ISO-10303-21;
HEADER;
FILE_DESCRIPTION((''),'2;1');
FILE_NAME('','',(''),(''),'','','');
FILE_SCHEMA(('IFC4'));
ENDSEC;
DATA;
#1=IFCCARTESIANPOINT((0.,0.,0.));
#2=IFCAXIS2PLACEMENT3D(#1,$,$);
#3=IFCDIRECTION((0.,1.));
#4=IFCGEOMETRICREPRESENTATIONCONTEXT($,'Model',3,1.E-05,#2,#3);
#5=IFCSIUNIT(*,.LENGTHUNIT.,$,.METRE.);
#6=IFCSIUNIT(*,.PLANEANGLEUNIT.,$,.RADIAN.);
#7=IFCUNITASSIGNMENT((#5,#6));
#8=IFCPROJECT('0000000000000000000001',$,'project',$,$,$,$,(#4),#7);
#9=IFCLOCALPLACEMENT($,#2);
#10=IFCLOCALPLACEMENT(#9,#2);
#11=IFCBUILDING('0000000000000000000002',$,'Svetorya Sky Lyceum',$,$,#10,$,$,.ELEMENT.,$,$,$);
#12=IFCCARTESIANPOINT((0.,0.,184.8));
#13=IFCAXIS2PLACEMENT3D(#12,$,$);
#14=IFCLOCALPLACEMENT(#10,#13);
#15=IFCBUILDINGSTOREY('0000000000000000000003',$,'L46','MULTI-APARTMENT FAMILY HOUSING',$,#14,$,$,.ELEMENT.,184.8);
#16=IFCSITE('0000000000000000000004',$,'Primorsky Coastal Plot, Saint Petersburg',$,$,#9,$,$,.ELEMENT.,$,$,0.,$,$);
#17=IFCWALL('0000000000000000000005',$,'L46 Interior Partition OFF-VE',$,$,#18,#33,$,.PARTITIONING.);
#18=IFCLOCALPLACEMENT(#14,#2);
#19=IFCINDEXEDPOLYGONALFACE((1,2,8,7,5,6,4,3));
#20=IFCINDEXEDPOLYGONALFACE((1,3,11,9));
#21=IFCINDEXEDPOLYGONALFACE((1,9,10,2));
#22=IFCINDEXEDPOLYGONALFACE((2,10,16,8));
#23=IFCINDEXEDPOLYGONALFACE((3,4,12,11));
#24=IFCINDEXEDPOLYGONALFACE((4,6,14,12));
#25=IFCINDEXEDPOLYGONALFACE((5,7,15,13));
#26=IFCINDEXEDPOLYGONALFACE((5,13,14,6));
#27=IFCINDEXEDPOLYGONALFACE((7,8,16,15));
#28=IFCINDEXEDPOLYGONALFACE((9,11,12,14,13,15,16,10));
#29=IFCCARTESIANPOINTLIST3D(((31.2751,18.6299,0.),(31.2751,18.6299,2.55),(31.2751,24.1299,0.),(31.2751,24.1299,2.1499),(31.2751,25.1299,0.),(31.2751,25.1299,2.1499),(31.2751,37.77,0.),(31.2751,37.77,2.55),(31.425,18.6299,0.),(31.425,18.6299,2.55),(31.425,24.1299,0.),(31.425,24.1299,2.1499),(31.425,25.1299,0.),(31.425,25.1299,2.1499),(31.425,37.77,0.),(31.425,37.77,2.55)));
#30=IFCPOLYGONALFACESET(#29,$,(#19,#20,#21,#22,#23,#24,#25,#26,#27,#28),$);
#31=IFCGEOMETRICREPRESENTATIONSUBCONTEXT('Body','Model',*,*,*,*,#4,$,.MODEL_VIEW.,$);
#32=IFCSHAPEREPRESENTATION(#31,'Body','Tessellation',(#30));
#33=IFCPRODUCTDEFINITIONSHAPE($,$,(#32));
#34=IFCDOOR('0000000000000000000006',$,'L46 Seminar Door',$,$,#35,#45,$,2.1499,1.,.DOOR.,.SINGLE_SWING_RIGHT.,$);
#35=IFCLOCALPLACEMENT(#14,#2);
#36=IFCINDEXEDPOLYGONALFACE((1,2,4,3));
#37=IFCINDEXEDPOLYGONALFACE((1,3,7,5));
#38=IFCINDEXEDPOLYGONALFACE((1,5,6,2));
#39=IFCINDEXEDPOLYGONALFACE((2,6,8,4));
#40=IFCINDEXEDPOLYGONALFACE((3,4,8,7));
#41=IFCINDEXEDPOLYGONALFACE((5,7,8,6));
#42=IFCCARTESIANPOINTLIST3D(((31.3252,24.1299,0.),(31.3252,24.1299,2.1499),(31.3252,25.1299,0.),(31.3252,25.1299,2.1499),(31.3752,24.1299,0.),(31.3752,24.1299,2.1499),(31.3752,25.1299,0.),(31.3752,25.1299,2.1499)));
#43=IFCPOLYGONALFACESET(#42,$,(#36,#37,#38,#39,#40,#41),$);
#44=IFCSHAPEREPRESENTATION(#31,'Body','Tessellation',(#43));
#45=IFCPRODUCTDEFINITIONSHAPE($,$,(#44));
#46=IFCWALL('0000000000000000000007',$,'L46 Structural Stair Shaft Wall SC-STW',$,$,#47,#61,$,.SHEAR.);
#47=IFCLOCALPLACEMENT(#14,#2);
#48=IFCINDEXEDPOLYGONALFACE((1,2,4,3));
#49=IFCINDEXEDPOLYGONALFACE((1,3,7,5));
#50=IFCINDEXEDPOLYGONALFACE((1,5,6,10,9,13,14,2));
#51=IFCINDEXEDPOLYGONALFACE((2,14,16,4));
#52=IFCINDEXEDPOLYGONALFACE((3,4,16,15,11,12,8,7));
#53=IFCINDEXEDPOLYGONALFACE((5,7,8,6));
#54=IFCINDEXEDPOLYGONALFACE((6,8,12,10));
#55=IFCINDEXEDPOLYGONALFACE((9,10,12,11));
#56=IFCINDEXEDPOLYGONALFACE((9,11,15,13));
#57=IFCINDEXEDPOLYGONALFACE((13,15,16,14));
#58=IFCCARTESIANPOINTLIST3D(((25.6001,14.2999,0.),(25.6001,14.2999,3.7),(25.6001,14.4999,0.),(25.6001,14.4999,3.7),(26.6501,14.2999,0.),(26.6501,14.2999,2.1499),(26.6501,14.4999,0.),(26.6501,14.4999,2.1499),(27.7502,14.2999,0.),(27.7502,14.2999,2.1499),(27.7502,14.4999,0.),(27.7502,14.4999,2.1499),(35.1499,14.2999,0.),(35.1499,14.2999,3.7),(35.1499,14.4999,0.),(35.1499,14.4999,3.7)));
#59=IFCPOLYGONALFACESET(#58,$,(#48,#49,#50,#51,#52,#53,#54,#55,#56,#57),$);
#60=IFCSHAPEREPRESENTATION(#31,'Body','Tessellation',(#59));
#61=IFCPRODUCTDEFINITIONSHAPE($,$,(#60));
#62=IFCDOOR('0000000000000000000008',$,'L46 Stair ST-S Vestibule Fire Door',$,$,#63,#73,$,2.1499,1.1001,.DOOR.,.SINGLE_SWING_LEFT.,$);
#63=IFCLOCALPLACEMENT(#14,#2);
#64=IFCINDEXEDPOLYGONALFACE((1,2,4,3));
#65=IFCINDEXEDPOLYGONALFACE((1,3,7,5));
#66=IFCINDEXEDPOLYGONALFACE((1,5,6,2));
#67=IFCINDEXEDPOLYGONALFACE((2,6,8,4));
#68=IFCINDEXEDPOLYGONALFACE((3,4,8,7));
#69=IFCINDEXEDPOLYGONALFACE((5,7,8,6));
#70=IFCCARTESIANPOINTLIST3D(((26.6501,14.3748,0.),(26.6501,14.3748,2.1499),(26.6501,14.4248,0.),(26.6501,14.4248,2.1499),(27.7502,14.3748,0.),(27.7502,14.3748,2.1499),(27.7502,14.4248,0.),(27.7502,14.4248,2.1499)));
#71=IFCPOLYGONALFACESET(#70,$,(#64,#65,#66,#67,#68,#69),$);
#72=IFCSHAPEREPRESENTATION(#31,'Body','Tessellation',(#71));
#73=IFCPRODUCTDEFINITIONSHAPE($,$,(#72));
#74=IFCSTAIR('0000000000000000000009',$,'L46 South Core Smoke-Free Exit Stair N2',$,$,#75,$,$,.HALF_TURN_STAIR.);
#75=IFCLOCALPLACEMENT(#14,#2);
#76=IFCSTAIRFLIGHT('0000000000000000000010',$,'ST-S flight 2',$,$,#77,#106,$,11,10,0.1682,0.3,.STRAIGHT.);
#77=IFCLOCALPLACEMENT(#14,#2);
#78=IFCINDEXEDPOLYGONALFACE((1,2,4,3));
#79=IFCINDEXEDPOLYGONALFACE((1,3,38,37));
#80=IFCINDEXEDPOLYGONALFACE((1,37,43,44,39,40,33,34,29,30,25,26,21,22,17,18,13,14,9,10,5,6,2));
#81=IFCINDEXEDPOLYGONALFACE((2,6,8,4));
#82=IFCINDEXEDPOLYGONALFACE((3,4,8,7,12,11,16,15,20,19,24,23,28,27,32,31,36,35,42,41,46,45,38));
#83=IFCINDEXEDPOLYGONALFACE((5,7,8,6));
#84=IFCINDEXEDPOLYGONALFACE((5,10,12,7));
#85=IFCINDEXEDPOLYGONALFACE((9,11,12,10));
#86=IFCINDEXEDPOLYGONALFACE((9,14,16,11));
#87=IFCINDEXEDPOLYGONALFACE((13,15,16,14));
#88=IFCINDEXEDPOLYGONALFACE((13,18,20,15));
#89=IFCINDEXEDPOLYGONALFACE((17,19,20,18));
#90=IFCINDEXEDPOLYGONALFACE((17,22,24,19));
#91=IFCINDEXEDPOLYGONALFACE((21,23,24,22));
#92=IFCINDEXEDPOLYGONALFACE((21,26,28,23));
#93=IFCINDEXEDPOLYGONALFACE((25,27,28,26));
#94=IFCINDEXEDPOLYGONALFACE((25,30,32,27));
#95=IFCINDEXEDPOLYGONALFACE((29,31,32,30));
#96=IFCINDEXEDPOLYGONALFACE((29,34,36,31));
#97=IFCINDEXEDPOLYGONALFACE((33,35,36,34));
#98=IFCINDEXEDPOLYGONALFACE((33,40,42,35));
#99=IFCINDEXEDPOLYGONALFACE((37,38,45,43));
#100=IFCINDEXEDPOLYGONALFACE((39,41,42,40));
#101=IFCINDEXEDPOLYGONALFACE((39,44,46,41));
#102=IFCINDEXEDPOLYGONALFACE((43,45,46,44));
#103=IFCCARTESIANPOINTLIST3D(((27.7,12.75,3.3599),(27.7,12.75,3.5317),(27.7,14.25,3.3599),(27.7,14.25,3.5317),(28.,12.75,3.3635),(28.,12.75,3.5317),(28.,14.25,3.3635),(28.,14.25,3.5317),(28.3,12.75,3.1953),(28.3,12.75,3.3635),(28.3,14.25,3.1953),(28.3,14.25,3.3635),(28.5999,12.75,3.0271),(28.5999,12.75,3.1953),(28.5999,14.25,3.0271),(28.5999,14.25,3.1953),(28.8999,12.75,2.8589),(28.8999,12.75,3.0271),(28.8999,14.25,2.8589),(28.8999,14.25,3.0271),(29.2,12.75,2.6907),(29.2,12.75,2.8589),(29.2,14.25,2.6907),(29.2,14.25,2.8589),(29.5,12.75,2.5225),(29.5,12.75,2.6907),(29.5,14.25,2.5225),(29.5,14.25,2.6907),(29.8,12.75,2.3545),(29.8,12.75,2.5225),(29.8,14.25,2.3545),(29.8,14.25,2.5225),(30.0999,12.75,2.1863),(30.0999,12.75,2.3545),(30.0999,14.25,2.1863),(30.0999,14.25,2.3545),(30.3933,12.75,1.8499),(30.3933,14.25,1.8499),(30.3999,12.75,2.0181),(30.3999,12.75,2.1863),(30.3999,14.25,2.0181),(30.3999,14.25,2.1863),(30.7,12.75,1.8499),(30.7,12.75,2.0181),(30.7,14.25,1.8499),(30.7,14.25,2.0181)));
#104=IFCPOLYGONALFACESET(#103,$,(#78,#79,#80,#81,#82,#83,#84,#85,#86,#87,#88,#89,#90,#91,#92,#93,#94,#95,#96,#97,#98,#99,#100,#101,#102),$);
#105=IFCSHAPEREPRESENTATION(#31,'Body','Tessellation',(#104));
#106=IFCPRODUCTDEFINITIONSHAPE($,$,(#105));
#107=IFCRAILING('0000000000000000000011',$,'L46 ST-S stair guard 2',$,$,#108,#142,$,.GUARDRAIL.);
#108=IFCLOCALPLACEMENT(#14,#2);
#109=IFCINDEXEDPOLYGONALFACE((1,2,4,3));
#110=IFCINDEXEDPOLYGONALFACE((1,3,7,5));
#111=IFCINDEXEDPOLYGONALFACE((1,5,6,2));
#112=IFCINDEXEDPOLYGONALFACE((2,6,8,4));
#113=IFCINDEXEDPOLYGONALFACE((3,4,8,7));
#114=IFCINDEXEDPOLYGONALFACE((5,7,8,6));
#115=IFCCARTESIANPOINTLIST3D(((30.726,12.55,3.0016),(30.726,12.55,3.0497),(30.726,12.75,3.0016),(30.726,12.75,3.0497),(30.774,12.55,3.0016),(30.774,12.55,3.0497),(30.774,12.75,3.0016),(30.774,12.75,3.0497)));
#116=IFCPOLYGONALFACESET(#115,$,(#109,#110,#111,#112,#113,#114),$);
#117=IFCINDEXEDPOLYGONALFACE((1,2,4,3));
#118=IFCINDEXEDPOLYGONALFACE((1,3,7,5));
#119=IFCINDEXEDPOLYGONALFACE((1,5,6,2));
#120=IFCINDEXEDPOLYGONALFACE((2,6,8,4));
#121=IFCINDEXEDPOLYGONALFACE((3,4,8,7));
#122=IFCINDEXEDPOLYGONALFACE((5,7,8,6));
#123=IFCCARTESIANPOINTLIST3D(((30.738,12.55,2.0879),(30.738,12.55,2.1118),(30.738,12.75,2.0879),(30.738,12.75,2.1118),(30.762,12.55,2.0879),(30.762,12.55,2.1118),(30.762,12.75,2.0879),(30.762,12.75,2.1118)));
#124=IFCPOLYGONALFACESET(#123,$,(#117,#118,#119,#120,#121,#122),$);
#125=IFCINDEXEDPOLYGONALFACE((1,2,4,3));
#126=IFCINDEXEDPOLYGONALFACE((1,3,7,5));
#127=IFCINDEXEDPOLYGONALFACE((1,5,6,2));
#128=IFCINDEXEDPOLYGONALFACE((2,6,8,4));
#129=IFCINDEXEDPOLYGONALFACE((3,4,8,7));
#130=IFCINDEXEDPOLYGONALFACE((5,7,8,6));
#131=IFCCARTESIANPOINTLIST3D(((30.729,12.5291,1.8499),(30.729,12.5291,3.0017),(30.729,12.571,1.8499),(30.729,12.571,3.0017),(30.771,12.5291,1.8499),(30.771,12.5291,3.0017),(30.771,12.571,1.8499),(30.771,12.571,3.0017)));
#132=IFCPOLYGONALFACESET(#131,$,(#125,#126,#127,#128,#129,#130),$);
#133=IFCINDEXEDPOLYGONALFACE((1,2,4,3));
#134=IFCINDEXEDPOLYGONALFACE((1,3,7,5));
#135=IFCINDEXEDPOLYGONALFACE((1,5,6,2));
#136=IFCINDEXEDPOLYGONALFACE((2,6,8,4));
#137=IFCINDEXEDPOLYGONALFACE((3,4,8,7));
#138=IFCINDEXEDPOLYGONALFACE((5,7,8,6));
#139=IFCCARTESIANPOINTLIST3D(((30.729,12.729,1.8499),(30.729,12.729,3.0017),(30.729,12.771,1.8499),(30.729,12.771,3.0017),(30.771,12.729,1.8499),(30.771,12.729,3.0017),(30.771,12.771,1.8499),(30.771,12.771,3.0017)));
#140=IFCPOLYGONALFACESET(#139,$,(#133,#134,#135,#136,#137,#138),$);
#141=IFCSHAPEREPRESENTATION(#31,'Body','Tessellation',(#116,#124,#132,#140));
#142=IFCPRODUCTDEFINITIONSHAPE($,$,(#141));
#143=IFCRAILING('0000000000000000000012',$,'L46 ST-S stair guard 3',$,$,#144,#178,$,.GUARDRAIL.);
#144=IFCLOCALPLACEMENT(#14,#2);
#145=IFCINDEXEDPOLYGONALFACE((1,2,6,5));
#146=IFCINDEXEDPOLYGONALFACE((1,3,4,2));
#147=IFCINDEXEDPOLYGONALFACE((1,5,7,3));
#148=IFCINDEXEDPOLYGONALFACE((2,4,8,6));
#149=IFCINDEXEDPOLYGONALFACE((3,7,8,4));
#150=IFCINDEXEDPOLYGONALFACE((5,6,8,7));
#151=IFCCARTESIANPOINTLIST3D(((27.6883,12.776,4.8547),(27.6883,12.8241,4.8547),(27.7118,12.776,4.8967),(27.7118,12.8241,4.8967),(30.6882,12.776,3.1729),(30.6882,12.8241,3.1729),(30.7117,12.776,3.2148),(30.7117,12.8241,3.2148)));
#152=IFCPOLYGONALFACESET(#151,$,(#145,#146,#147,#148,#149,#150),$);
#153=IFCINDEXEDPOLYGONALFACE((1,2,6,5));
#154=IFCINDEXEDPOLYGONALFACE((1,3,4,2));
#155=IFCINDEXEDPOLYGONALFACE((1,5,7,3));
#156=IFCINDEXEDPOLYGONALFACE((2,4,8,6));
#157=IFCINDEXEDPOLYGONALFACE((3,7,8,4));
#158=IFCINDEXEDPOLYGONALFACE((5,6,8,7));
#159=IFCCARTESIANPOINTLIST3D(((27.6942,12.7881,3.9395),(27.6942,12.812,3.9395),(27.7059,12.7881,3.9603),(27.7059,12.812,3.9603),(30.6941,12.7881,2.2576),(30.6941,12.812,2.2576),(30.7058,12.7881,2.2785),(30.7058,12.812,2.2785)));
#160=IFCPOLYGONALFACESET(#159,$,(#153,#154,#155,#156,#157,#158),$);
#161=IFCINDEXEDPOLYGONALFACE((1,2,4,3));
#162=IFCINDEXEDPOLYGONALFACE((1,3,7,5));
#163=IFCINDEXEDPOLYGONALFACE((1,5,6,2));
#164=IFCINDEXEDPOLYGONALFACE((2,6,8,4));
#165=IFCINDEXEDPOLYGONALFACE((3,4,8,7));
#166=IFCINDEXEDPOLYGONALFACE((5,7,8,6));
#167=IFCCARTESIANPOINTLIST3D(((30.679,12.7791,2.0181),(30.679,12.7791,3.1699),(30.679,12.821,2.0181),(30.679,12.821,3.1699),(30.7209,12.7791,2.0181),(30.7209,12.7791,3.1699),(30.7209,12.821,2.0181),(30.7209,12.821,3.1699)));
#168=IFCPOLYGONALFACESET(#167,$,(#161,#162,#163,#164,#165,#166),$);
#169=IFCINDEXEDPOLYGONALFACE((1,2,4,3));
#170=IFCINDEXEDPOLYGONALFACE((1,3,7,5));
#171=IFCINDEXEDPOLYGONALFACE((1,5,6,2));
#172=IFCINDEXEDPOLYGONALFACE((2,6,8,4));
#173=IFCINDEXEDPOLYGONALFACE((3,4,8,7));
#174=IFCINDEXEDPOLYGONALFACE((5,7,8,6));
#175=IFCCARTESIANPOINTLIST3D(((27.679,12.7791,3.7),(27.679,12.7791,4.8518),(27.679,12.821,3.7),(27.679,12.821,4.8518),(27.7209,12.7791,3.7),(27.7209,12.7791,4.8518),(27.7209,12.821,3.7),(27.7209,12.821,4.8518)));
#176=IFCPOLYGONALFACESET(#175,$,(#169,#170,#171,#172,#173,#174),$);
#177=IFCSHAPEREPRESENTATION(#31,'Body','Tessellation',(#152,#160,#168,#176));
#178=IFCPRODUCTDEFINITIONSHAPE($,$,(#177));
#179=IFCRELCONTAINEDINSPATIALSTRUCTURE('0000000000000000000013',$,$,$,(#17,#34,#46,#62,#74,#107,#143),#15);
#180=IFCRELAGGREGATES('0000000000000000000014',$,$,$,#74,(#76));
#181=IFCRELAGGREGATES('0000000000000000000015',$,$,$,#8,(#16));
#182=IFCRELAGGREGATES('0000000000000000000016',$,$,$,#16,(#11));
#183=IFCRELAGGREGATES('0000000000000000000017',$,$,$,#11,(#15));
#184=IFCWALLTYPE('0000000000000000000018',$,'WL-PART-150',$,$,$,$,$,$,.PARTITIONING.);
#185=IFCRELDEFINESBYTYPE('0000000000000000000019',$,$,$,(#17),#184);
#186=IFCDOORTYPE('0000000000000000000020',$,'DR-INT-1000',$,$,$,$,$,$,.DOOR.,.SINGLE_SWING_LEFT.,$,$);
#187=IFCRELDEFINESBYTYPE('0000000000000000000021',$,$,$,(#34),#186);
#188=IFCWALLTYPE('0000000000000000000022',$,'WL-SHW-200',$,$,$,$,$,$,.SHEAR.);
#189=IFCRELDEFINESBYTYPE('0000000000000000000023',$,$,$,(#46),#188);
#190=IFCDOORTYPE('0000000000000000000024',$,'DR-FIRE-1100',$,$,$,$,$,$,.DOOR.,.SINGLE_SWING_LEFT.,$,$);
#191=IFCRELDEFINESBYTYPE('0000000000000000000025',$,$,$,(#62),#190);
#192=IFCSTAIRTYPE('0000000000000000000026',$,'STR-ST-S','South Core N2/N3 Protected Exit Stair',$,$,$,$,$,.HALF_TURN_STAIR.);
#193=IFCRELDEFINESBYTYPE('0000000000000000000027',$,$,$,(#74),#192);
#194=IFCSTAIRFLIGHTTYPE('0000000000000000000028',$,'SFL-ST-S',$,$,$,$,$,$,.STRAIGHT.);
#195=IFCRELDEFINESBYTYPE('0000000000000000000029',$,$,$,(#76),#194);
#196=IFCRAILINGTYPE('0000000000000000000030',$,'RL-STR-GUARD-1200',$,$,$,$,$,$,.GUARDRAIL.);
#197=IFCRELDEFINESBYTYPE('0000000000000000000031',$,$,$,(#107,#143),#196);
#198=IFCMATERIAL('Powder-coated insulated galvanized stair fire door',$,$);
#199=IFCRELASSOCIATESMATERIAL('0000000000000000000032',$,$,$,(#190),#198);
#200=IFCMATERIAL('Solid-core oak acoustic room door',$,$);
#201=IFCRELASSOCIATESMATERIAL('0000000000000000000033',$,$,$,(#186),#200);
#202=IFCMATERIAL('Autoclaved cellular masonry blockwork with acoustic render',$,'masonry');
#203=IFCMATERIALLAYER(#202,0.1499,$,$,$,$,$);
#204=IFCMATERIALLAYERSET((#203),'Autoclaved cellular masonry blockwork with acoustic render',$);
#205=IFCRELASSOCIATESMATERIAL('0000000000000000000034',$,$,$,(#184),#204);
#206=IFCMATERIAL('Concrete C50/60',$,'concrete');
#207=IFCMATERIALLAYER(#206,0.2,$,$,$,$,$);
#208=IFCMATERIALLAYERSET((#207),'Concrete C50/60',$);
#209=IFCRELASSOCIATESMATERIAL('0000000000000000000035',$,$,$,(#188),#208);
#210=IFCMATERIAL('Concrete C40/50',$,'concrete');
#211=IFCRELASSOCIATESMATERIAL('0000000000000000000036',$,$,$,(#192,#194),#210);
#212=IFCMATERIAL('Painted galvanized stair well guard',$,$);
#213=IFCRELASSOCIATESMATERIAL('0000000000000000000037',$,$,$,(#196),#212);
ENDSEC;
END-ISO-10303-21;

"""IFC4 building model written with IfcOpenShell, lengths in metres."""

from ifc_helpers import new_model, si_unit, direction, frame, frame_2d, origin, origin_2d, place, context, subcontext, project, spatial, polyline, rectangle, outline, extrude, material, layer, layer_set, type_object, element, fill, aggregate, save


model = new_model("IFC4")

# Units and contexts
model_context = context("Model", 3, precision=1e-05, world=origin(), true_north=direction((0.0, 1.0)))
body_context = subcontext(model_context, "Body", "Model", "MODEL_VIEW")
ifc_project = project(units=[si_unit("LENGTHUNIT", "METRE"), si_unit("PLANEANGLEUNIT", "RADIAN")], contexts=[model_context])

# Site, building, storey
site_placement = place(None, origin())
site = spatial("IfcSite", under=ifc_project, at=site_placement, Name="Primorsky Coastal Plot, Saint Petersburg", CompositionType="ELEMENT", RefElevation=0.0)
building_placement = place(site_placement, origin())
building = spatial("IfcBuilding", under=site, at=building_placement, Name="Svetorya Sky Lyceum", CompositionType="ELEMENT")
storey_placement = place(building_placement, frame((0.0, 0.0, 184.8)))
storey = spatial("IfcBuildingStorey", under=building, at=storey_placement, Name="L46", Description="MULTI-APARTMENT FAMILY HOUSING", CompositionType="ELEMENT", Elevation=184.8)

# Shared definitions
ifc_material_1 = material(Name="Concrete C50/60", Category="concrete")

# Shared definitions
ifc_material_2 = material(Name="Powder-coated insulated galvanized stair fire door")
door_type_1 = type_object("IfcDoorType", Name="DR-FIRE-1100", OperationType="SINGLE_SWING_LEFT", PredefinedType="DOOR", material=ifc_material_2)
ifc_material_3 = material(Name="Solid-core oak acoustic room door")
door_type_2 = type_object("IfcDoorType", Name="DR-INT-1000", OperationType="SINGLE_SWING_LEFT", PredefinedType="DOOR", material=ifc_material_3)

# Shared definitions
ifc_material_4 = material(Name="Autoclaved cellular masonry blockwork with acoustic render", Category="masonry")
ifc_layer_1 = layer(ifc_material_4, 0.1499)
ifc_layer_set_1 = layer_set([ifc_layer_1], Name="Autoclaved cellular masonry blockwork with acoustic render")
wall_type_1 = type_object("IfcWallType", Name="WL-PART-150", PredefinedType="PARTITIONING", material=ifc_layer_set_1)

# Walls, openings, doors
wall_1_placement = place(storey_placement, frame((31.3501, 18.6299, 0.0), z_axis=(0.0, 0.0, 1.0), x_axis=(0.0, 1.0, 0.0)))
wall_1 = element("IfcWall", 1, at=wall_1_placement, inside=storey, type_object=wall_type_1, Name="L46 Interior Partition OFF-VE", PredefinedType="PARTITIONING", context=body_context, shape_type="SweptSolid", body=[
    extrude(rectangle(XDim=19.1401, YDim=0.1499, at=frame_2d((9.5701, 0.0))), origin(), (0.0, 0.0, 1.0), 2.55),
])
opening_1_placement = place(wall_1_placement, frame((5.5, 0.0, 0.0)))
opening_1 = element("IfcOpeningElement", 2, at=opening_1_placement, cuts=wall_1, PredefinedType="OPENING", context=body_context, shape_type="SweptSolid", body=[
    extrude(rectangle(XDim=1.0, YDim=2.1499, at=frame_2d((0.5, 1.075))), frame((0.0, 0.085, 0.0), z_axis=(0.0, -1.0, 0.0), x_axis=(1.0, 0.0, 0.0)), (0.0, 0.0, 1.0), 0.1699),
])
door_1_placement = place(opening_1_placement, origin())
door_1 = element("IfcDoor", 3, at=door_1_placement, inside=storey, type_object=door_type_2, Name="L46 Seminar Door", OperationType="SINGLE_SWING_RIGHT", OverallHeight=2.1499, OverallWidth=1.0, PredefinedType="DOOR", context=body_context, shape_type="SweptSolid", body=[
    extrude(rectangle(XDim=1.0, YDim=2.1499, at=frame_2d((0.5, 1.075))), frame((0.0, 0.0249, 0.0), z_axis=(0.0, -1.0, 0.0), x_axis=(1.0, 0.0, 0.0)), (0.0, 0.0, 1.0), 0.05),
])
fill(opening_1, door_1)
ifc_layer_2 = layer(ifc_material_1, 0.2)
ifc_layer_set_2 = layer_set([ifc_layer_2], Name="Concrete C50/60")
wall_type_2 = type_object("IfcWallType", Name="WL-SHW-200", PredefinedType="SHEAR", material=ifc_layer_set_2)
wall_2_placement = place(storey_placement, frame((25.6001, 14.3999, 0.0), z_axis=(0.0, 0.0, 1.0), x_axis=(1.0, 0.0, 0.0)))
wall_2 = element("IfcWall", 4, at=wall_2_placement, inside=storey, type_object=wall_type_2, Name="L46 Structural Stair Shaft Wall SC-STW", PredefinedType="SHEAR", context=body_context, shape_type="SweptSolid", body=[
    extrude(rectangle(XDim=9.5498, YDim=0.2, at=frame_2d((4.7749, 0.0))), origin(), (0.0, 0.0, 1.0), 3.7),
])
opening_2_placement = place(wall_2_placement, frame((1.05, 0.0, 0.0)))
opening_2 = element("IfcOpeningElement", 5, at=opening_2_placement, cuts=wall_2, PredefinedType="OPENING", context=body_context, shape_type="SweptSolid", body=[
    extrude(rectangle(XDim=1.1001, YDim=2.1499, at=frame_2d((0.55, 1.075))), frame((0.0, 0.1099, 0.0), z_axis=(0.0, -1.0, 0.0), x_axis=(1.0, 0.0, 0.0)), (0.0, 0.0, 1.0), 0.22),
])
door_2_placement = place(opening_2_placement, origin())
door_2 = element("IfcDoor", 6, at=door_2_placement, inside=storey, type_object=door_type_1, Name="L46 Stair ST-S Vestibule Fire Door", OperationType="SINGLE_SWING_LEFT", OverallHeight=2.1499, OverallWidth=1.1001, PredefinedType="DOOR", context=body_context, shape_type="SweptSolid", body=[
    extrude(rectangle(XDim=1.1001, YDim=2.1499, at=frame_2d((0.55, 1.075))), frame((0.0, 0.0249, 0.0), z_axis=(0.0, -1.0, 0.0), x_axis=(1.0, 0.0, 0.0)), (0.0, 0.0, 1.0), 0.05),
])
fill(opening_2, door_2)

# Stair, stair flight
ifc_material_5 = material(Name="Concrete C40/50", Category="concrete")
stair_type = type_object("IfcStairType", Name="STR-ST-S", Description="South Core N2/N3 Protected Exit Stair", PredefinedType="HALF_TURN_STAIR", material=ifc_material_5)
stair_placement = place(storey_placement, origin())
stair = element("IfcStair", 7, at=stair_placement, inside=storey, type_object=stair_type, Name="L46 South Core Smoke-Free Exit Stair N2", PredefinedType="HALF_TURN_STAIR")
stair_flight_type = type_object("IfcStairFlightType", Name="SFL-ST-S", PredefinedType="STRAIGHT", material=ifc_material_5)
stair_flight_placement = place(storey_placement, frame((30.7, 13.5, 1.8499), z_axis=(0.0, 0.0, 1.0), x_axis=(-1.0, 0.0, 0.0)))
stair_flight = element("IfcStairFlight", 8, at=stair_flight_placement, type_object=stair_flight_type, Name="ST-S flight 2", NumberOfRisers=11, NumberOfTreads=10, PredefinedType="STRAIGHT", RiserHeight=0.1682, TreadLength=0.3, context=body_context, shape_type="SweptSolid", body=[
    extrude(outline(polyline([(0.0, 0.0), (0.0, 0.1682), (0.3, 0.1682), (0.3, 0.3364), (0.6001, 0.3364), (0.6001, 0.5046), (0.8999, 0.5046), (0.8999, 0.6726), (1.2, 0.6726), (1.2, 0.8408), (1.5, 0.8408), (1.5, 1.009), (1.8, 1.009), (1.8, 1.1772), (2.1001, 1.1772), (2.1001, 1.3455), (2.3999, 1.3455), (2.3999, 1.5137), (2.7, 1.5137), (2.7, 1.6819), (3.0, 1.6819), (3.0, 1.8501), (3.0, 1.51), (0.3066, 0.0), (0.0, 0.0)])), frame((0.0, 0.75, 0.0), z_axis=(0.0, -1.0, 0.0), x_axis=(1.0, 0.0, 0.0)), (0.0, 0.0, 1.0), 1.5),
])
aggregate(stair, [stair_flight])

# Railings
ifc_material_6 = material(Name="Painted galvanized stair well guard")
railing_type_1 = type_object("IfcRailingType", Name="RL-STR-GUARD-1200", PredefinedType="GUARDRAIL", material=ifc_material_6)
railing_1_placement = place(storey_placement, frame((30.75, 12.55, 1.8499)))
element("IfcRailing", 9, at=railing_1_placement, inside=storey, type_object=railing_type_1, Name="L46 ST-S stair guard 2", PredefinedType="GUARDRAIL", context=body_context, shape_type="SweptSolid", body=[
    extrude(rectangle(XDim=0.0481, YDim=0.0481, at=origin_2d()), frame((0.0, 0.0, 1.1758), z_axis=(0.0, 1.0, 0.0), x_axis=(-1.0, 0.0, 0.0)), (0.0, 0.0, 1.0), 0.2),
    extrude(rectangle(XDim=0.0239, YDim=0.0239, at=origin_2d()), frame((0.0, 0.0, 0.25), z_axis=(0.0, 1.0, 0.0), x_axis=(-1.0, 0.0, 0.0)), (0.0, 0.0, 1.0), 0.2),
    extrude(rectangle(XDim=0.042, YDim=0.042, at=origin_2d()), origin(), (0.0, 0.0, 1.0), 1.1519),
    extrude(rectangle(XDim=0.042, YDim=0.042, at=origin_2d()), frame((0.0, 0.2, 0.0)), (0.0, 0.0, 1.0), 1.1519),
])
railing_2_placement = place(storey_placement, frame((30.7, 12.8, 2.0181)))
element("IfcRailing", 10, at=railing_2_placement, inside=storey, type_object=railing_type_1, Name="L46 ST-S stair guard 3", PredefinedType="GUARDRAIL", context=body_context, shape_type="SweptSolid", body=[
    extrude(rectangle(XDim=0.0481, YDim=0.0481, at=origin_2d()), frame((0.0, 0.0, 1.1758), z_axis=(-0.872272, 0.0, 0.48902), x_axis=(0.0, -1.0, 0.0)), (0.0, 0.0, 1.0), 3.4392),
    extrude(rectangle(XDim=0.0239, YDim=0.0239, at=origin_2d()), frame((0.0, 0.0, 0.25), z_axis=(-0.872272, 0.0, 0.48902), x_axis=(0.0, -1.0, 0.0)), (0.0, 0.0, 1.0), 3.4392),
    extrude(rectangle(XDim=0.042, YDim=0.042, at=origin_2d()), origin(), (0.0, 0.0, 1.0), 1.1519),
    extrude(rectangle(XDim=0.042, YDim=0.042, at=origin_2d()), frame((-3.0, 0.0, 1.6819)), (0.0, 0.0, 1.0), 1.1519),
])

save(model, "model.ifc")
